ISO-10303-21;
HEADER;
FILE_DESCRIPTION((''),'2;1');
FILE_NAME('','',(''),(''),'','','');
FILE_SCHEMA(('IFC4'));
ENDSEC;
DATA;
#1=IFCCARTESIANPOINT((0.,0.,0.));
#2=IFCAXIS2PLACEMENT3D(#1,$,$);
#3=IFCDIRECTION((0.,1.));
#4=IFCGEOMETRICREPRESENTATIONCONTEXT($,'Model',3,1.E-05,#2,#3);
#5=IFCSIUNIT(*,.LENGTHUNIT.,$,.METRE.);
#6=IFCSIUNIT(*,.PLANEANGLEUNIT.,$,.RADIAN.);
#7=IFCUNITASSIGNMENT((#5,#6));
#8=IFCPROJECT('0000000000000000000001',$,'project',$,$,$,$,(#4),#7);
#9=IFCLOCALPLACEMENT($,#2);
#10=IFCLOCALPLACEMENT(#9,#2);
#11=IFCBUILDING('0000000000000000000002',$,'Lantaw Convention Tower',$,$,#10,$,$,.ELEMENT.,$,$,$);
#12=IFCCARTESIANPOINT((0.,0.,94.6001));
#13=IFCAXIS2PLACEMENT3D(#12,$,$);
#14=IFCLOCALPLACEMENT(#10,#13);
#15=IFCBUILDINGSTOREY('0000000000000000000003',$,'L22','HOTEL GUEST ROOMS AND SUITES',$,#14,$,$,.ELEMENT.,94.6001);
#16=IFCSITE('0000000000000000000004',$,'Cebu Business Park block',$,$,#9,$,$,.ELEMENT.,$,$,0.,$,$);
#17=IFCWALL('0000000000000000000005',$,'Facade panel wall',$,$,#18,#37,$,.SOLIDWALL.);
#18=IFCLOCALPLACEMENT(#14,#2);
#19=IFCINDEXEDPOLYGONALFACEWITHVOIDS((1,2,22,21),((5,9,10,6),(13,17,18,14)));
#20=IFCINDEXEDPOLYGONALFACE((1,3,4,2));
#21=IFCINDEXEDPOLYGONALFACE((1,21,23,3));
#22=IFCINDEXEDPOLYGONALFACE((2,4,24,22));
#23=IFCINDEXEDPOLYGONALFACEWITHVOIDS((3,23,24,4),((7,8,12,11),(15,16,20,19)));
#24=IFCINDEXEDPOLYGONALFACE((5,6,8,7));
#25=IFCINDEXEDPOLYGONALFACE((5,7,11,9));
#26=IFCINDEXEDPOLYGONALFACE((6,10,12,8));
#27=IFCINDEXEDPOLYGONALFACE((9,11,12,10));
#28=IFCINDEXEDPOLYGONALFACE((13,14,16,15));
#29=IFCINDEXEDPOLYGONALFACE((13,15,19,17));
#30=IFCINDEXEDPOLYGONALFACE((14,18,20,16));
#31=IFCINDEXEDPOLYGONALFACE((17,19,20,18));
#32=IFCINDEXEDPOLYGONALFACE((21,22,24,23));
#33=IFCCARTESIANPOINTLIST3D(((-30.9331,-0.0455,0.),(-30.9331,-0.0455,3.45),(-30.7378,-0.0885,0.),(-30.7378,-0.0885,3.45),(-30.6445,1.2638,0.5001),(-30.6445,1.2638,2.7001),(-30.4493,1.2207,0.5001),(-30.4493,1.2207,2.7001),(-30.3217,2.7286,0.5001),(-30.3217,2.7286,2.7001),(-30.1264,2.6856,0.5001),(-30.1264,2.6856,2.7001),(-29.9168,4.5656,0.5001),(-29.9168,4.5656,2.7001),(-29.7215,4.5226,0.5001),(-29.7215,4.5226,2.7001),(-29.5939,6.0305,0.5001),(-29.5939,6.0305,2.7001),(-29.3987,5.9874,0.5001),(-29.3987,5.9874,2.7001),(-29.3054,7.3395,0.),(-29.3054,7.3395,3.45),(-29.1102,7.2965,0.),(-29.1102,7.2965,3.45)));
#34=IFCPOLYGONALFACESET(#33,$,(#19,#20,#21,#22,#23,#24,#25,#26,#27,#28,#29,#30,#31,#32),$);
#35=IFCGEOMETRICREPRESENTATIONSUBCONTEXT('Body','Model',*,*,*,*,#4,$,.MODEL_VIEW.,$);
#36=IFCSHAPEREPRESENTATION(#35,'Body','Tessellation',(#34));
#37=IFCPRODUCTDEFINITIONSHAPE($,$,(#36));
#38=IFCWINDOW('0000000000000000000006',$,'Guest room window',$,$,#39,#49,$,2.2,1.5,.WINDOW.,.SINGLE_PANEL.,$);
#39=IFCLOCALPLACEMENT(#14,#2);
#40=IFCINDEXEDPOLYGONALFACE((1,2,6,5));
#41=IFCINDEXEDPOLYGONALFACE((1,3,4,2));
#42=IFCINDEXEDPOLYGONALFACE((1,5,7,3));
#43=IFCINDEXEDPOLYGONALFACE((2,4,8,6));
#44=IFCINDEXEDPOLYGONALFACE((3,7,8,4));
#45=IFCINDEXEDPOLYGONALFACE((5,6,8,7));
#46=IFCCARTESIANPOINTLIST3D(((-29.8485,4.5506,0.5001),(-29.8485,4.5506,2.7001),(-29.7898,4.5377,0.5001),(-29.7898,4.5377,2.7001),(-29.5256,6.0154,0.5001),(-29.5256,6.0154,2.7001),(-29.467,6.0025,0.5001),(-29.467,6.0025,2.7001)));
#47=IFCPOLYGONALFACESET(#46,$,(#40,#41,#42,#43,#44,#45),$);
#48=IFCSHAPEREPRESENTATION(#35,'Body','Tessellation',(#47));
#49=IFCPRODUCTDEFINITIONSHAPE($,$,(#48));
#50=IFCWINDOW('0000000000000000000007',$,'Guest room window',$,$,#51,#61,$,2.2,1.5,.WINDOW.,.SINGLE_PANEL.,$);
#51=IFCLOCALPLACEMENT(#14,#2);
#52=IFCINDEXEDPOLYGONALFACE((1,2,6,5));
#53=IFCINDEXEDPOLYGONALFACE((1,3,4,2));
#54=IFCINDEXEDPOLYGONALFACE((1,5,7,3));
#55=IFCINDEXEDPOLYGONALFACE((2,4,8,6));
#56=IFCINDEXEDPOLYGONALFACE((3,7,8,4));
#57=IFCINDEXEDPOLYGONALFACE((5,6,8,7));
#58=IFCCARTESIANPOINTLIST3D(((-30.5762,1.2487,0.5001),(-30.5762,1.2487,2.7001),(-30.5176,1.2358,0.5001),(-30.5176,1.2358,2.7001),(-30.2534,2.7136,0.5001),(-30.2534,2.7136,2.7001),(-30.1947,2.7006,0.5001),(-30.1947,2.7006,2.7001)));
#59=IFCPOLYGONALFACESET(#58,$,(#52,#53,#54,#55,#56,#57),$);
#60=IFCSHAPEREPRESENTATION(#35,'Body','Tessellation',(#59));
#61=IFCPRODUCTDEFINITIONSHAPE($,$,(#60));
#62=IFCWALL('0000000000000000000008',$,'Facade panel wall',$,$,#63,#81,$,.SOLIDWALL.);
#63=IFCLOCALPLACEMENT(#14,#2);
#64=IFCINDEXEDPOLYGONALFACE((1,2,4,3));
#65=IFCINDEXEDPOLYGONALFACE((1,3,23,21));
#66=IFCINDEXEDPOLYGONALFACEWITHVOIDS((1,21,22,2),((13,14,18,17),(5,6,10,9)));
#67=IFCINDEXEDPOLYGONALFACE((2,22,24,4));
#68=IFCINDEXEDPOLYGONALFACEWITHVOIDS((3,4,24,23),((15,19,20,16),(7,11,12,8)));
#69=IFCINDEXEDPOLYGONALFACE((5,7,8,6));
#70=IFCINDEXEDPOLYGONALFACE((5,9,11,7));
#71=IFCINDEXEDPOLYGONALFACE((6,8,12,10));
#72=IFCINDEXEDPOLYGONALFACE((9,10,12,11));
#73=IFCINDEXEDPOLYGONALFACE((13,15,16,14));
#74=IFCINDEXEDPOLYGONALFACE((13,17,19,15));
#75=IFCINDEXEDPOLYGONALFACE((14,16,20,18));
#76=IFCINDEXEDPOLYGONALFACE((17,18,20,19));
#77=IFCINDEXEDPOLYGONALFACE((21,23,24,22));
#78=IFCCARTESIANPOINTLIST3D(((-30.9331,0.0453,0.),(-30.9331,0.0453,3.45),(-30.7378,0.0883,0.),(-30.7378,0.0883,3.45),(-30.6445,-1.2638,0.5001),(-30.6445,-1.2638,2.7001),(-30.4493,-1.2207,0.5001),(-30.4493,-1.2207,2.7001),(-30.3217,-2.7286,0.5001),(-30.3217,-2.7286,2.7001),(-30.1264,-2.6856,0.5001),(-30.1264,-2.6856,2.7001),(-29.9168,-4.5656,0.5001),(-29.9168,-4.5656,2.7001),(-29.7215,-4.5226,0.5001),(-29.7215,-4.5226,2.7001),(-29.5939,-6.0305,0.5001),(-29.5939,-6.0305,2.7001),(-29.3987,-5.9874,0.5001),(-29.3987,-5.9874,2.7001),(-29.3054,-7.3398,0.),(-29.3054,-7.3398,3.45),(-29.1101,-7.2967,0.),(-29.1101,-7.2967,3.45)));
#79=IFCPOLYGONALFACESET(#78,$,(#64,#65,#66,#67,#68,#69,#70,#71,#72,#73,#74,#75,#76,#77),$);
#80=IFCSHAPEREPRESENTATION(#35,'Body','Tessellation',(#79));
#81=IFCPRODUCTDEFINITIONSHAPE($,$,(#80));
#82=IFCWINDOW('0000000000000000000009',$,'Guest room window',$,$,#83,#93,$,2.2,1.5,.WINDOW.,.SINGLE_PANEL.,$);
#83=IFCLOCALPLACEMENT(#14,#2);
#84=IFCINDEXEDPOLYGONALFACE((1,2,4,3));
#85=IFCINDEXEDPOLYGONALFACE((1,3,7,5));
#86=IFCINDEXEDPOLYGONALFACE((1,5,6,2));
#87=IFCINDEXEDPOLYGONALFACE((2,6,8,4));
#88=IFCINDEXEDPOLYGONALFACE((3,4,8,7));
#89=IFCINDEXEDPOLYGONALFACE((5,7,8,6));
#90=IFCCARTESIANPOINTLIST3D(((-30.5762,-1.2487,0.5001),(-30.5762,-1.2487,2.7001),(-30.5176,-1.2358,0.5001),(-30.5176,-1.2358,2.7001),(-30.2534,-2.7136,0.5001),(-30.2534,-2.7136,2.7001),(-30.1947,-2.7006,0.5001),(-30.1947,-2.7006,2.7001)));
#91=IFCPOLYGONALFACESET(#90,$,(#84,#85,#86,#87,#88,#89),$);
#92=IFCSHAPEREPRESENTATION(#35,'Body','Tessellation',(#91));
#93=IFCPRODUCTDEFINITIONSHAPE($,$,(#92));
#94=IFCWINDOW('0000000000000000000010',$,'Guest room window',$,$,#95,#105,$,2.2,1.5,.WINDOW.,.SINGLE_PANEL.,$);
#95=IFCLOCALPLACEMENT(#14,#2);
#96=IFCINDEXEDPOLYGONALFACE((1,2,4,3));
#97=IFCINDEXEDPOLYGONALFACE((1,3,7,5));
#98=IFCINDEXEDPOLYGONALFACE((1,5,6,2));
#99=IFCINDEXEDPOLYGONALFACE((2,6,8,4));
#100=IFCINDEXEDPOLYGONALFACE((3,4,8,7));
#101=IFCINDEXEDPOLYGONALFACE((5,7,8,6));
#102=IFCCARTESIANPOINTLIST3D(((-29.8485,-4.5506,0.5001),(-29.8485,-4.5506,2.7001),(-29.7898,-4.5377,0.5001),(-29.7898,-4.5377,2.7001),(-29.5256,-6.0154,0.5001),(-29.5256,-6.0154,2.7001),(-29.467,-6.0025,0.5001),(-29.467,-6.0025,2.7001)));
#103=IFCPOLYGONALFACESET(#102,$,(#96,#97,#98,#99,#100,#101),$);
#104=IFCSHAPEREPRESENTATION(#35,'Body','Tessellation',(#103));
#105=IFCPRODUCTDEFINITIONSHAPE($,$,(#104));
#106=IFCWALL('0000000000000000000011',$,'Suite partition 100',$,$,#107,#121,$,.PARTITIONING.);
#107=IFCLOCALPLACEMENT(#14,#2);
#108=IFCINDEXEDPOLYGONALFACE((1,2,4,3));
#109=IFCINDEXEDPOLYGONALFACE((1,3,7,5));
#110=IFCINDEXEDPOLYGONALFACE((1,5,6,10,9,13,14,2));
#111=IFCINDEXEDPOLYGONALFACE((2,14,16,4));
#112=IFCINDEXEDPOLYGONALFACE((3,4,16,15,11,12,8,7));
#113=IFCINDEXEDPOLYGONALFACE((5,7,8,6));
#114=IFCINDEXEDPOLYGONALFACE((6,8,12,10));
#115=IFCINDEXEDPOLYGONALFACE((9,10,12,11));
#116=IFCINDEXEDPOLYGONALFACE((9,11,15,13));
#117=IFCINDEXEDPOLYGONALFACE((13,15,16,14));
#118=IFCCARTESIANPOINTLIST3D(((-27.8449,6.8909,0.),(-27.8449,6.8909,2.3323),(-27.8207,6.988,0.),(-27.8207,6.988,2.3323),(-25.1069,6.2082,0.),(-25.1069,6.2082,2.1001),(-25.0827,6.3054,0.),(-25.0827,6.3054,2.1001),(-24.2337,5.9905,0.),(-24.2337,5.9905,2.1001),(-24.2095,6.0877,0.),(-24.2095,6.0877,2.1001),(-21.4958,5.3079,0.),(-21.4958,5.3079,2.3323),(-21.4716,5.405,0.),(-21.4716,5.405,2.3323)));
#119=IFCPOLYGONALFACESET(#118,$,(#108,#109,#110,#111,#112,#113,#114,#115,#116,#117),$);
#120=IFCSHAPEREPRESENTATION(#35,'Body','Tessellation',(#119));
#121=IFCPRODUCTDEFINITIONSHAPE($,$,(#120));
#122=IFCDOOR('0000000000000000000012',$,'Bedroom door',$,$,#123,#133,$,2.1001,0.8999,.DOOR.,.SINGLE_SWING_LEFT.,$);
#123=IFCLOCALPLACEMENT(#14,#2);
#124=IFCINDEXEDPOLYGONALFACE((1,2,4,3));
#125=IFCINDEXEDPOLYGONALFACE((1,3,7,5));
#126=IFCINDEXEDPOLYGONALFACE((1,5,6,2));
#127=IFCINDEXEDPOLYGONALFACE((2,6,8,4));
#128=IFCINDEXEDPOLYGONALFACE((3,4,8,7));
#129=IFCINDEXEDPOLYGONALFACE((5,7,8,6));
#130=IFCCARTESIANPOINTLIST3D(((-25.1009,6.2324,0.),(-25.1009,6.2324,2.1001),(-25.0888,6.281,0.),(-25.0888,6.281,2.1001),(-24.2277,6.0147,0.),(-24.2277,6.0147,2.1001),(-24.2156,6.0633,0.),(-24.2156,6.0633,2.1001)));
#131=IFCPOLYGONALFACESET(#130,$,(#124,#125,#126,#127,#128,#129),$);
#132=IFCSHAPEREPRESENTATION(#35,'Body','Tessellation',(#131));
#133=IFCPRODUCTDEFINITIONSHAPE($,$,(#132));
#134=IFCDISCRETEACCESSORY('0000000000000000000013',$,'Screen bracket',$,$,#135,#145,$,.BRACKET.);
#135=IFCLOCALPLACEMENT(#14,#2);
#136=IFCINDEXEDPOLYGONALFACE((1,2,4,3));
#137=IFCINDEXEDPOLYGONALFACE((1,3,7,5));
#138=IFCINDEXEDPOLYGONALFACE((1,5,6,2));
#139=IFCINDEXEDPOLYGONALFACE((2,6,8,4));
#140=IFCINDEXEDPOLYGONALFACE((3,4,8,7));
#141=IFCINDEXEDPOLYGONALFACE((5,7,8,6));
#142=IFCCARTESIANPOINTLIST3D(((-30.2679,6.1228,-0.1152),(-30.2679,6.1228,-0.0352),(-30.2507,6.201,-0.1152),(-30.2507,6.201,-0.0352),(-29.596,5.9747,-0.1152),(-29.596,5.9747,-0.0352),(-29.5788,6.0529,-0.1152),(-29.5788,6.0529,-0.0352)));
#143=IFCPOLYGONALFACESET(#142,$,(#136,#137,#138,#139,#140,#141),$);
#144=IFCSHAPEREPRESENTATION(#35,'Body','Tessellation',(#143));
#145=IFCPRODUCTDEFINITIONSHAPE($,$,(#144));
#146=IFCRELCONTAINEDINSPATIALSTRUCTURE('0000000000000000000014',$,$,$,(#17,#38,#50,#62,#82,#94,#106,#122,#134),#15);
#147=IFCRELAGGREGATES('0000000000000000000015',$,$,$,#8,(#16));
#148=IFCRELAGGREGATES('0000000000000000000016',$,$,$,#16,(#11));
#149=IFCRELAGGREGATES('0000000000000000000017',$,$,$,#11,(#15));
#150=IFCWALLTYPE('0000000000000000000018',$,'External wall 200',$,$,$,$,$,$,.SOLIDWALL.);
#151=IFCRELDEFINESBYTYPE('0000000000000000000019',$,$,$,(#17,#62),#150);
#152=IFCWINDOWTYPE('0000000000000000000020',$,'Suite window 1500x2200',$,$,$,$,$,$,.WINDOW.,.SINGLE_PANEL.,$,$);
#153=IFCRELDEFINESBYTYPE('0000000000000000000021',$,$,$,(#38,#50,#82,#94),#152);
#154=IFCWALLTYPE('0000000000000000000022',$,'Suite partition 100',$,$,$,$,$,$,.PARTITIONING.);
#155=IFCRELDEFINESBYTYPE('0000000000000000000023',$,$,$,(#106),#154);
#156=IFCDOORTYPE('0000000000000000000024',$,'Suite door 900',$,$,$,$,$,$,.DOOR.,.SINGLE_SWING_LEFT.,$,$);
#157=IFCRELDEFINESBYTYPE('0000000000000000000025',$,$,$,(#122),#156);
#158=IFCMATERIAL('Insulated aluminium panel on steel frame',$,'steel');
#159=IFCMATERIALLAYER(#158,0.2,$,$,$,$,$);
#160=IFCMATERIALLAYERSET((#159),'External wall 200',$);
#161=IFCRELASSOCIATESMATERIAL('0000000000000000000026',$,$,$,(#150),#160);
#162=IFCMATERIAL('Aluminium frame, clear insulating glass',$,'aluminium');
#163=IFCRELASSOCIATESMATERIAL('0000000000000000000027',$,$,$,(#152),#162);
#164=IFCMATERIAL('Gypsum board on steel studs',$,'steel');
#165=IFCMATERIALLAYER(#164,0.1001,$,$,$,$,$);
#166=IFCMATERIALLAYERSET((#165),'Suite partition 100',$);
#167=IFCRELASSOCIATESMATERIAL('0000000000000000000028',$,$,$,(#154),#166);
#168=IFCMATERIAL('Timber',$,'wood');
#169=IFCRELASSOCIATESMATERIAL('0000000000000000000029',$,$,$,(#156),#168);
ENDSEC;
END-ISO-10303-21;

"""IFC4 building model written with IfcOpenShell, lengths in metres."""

from ifc_helpers import new_model, si_unit, direction, frame, frame_2d, origin, origin_2d, place, context, subcontext, project, spatial, rectangle, extrude, material, layer, layer_set, type_object, element, fill, save


model = new_model("IFC4")

# Units and contexts
model_context = context("Model", 3, precision=1e-05, world=origin(), true_north=direction((0.0, 1.0)))
body_context = subcontext(model_context, "Body", "Model", "MODEL_VIEW")
ifc_project = project(units=[si_unit("LENGTHUNIT", "METRE"), si_unit("PLANEANGLEUNIT", "RADIAN")], contexts=[model_context])

# Site, building, storey
site_placement = place(None, origin())
site = spatial("IfcSite", under=ifc_project, at=site_placement, Name="Cebu Business Park block", CompositionType="ELEMENT", RefElevation=0.0)
building_placement = place(site_placement, origin())
building = spatial("IfcBuilding", under=site, at=building_placement, Name="Lantaw Convention Tower", CompositionType="ELEMENT")
storey_placement = place(building_placement, frame((0.0, 0.0, 94.6001)))
storey = spatial("IfcBuildingStorey", under=building, at=storey_placement, Name="L22", Description="HOTEL GUEST ROOMS AND SUITES", CompositionType="ELEMENT", Elevation=94.6001)

# Walls, openings, windows
ifc_material_1 = material(Name="Insulated aluminium panel on steel frame", Category="steel")
ifc_layer_1 = layer(ifc_material_1, 0.2)
ifc_layer_set_1 = layer_set([ifc_layer_1], Name="External wall 200")
wall_type_1 = type_object("IfcWallType", Name="External wall 200", PredefinedType="SOLIDWALL", material=ifc_layer_set_1)
wall_1_placement = place(storey_placement, frame((-29.2078, 7.3181, 0.0), z_axis=(0.0, 0.0, 1.0), x_axis=(-0.215238, -0.976562, 0.0)))
wall_1 = element("IfcWall", 1, at=wall_1_placement, inside=storey, type_object=wall_type_1, Name="Facade panel wall", PredefinedType="SOLIDWALL", context=body_context, shape_type="SweptSolid", body=[
    extrude(rectangle(XDim=7.5623, YDim=0.2, at=frame_2d((3.7812, 0.0))), origin(), (0.0, 0.0, 1.0), 3.45),
])
opening_1_placement = place(wall_1_placement, frame((1.3406, 0.0, 0.5)))
opening_1 = element("IfcOpeningElement", 2, at=opening_1_placement, cuts=wall_1, PredefinedType="OPENING", context=body_context, shape_type="SweptSolid", body=[
    extrude(rectangle(XDim=1.5, YDim=2.2, at=frame_2d((0.75, 1.1001))), frame((0.0, 0.1099, 0.0), z_axis=(0.0, -1.0, 0.0), x_axis=(1.0, 0.0, 0.0)), (0.0, 0.0, 1.0), 0.22),
])
opening_2_placement = place(wall_1_placement, frame((4.7217, 0.0, 0.5)))
opening_2 = element("IfcOpeningElement", 3, at=opening_2_placement, cuts=wall_1, PredefinedType="OPENING", context=body_context, shape_type="SweptSolid", body=[
    extrude(rectangle(XDim=1.5, YDim=2.2, at=frame_2d((0.75, 1.1001))), frame((0.0, 0.1099, 0.0), z_axis=(0.0, -1.0, 0.0), x_axis=(1.0, 0.0, 0.0)), (0.0, 0.0, 1.0), 0.22),
])
ifc_material_2 = material(Name="Aluminium frame, clear insulating glass", Category="aluminium")
window_type = type_object("IfcWindowType", Name="Suite window 1500x2200", PartitioningType="SINGLE_PANEL", PredefinedType="WINDOW", material=ifc_material_2)
window_1_placement = place(opening_1_placement, origin())
window_1 = element("IfcWindow", 4, at=window_1_placement, inside=storey, type_object=window_type, Name="Guest room window", OverallHeight=2.2, OverallWidth=1.5, PartitioningType="SINGLE_PANEL", PredefinedType="WINDOW", context=body_context, shape_type="SweptSolid", body=[
    extrude(rectangle(XDim=1.5, YDim=2.2, at=frame_2d((0.75, 1.1001))), frame((0.0, 0.03, 0.0), z_axis=(0.0, -1.0, 0.0), x_axis=(1.0, 0.0, 0.0)), (0.0, 0.0, 1.0), 0.0601),
])
fill(opening_1, window_1)
window_2_placement = place(opening_2_placement, origin())
window_2 = element("IfcWindow", 5, at=window_2_placement, inside=storey, type_object=window_type, Name="Guest room window", OverallHeight=2.2, OverallWidth=1.5, PartitioningType="SINGLE_PANEL", PredefinedType="WINDOW", context=body_context, shape_type="SweptSolid", body=[
    extrude(rectangle(XDim=1.5, YDim=2.2, at=frame_2d((0.75, 1.1001))), frame((0.0, 0.03, 0.0), z_axis=(0.0, -1.0, 0.0), x_axis=(1.0, 0.0, 0.0)), (0.0, 0.0, 1.0), 0.0601),
])
fill(opening_2, window_2)
wall_2_placement = place(storey_placement, frame((-30.8354, 0.0669, 0.0), z_axis=(0.0, 0.0, 1.0), x_axis=(0.215238, -0.976562, 0.0)))
wall_2 = element("IfcWall", 6, at=wall_2_placement, inside=storey, type_object=wall_type_1, Name="Facade panel wall", PredefinedType="SOLIDWALL", context=body_context, shape_type="SweptSolid", body=[
    extrude(rectangle(XDim=7.5623, YDim=0.2, at=frame_2d((3.7812, 0.0))), origin(), (0.0, 0.0, 1.0), 3.45),
])
opening_3_placement = place(wall_2_placement, frame((1.3406, 0.0, 0.5)))
opening_3 = element("IfcOpeningElement", 7, at=opening_3_placement, cuts=wall_2, PredefinedType="OPENING", context=body_context, shape_type="SweptSolid", body=[
    extrude(rectangle(XDim=1.5, YDim=2.2, at=frame_2d((0.75, 1.1001))), frame((0.0, 0.1099, 0.0), z_axis=(0.0, -1.0, 0.0), x_axis=(1.0, 0.0, 0.0)), (0.0, 0.0, 1.0), 0.22),
])
opening_4_placement = place(wall_2_placement, frame((4.7217, 0.0, 0.5)))
opening_4 = element("IfcOpeningElement", 8, at=opening_4_placement, cuts=wall_2, PredefinedType="OPENING", context=body_context, shape_type="SweptSolid", body=[
    extrude(rectangle(XDim=1.5, YDim=2.2, at=frame_2d((0.75, 1.1001))), frame((0.0, 0.1099, 0.0), z_axis=(0.0, -1.0, 0.0), x_axis=(1.0, 0.0, 0.0)), (0.0, 0.0, 1.0), 0.22),
])
window_3_placement = place(opening_3_placement, origin())
window_3 = element("IfcWindow", 9, at=window_3_placement, inside=storey, type_object=window_type, Name="Guest room window", OverallHeight=2.2, OverallWidth=1.5, PartitioningType="SINGLE_PANEL", PredefinedType="WINDOW", context=body_context, shape_type="SweptSolid", body=[
    extrude(rectangle(XDim=1.5, YDim=2.2, at=frame_2d((0.75, 1.1001))), frame((0.0, 0.03, 0.0), z_axis=(0.0, -1.0, 0.0), x_axis=(1.0, 0.0, 0.0)), (0.0, 0.0, 1.0), 0.0601),
])
fill(opening_3, window_3)
window_4_placement = place(opening_4_placement, origin())
window_4 = element("IfcWindow", 10, at=window_4_placement, inside=storey, type_object=window_type, Name="Guest room window", OverallHeight=2.2, OverallWidth=1.5, PartitioningType="SINGLE_PANEL", PredefinedType="WINDOW", context=body_context, shape_type="SweptSolid", body=[
    extrude(rectangle(XDim=1.5, YDim=2.2, at=frame_2d((0.75, 1.1001))), frame((0.0, 0.03, 0.0), z_axis=(0.0, -1.0, 0.0), x_axis=(1.0, 0.0, 0.0)), (0.0, 0.0, 1.0), 0.0601),
])
fill(opening_4, window_4)

# Wall, opening, door
ifc_material_3 = material(Name="Gypsum board on steel studs", Category="steel")
ifc_layer_2 = layer(ifc_material_3, 0.1001)
ifc_layer_set_2 = layer_set([ifc_layer_2], Name="Suite partition 100")
wall_type_2 = type_object("IfcWallType", Name="Suite partition 100", PredefinedType="PARTITIONING", material=ifc_layer_set_2)
wall_3_placement = place(storey_placement, frame((-27.8328, 6.9395, 0.0), z_axis=(0.0, 0.0, 1.0), x_axis=(0.970296, -0.241921, 0.0)))
wall_3 = element("IfcWall", 11, at=wall_3_placement, inside=storey, type_object=wall_type_2, Name="Suite partition 100", PredefinedType="PARTITIONING", context=body_context, shape_type="SweptSolid", body=[
    extrude(rectangle(XDim=6.5435, YDim=0.1001, at=frame_2d((3.2717, 0.0))), origin(), (0.0, 0.0, 1.0), 2.3323),
])
opening_5_placement = place(wall_3_placement, frame((2.8218, 0.0, 0.0)))
opening_5 = element("IfcOpeningElement", 12, at=opening_5_placement, cuts=wall_3, PredefinedType="OPENING", context=body_context, shape_type="SweptSolid", body=[
    extrude(rectangle(XDim=0.8999, YDim=2.1001, at=frame_2d((0.45, 1.05))), frame((0.0, 0.0601, 0.0), z_axis=(0.0, -1.0, 0.0), x_axis=(1.0, 0.0, 0.0)), (0.0, 0.0, 1.0), 0.1201),
])
ifc_material_4 = material(Name="Timber", Category="wood")
door_type_1 = type_object("IfcDoorType", Name="Suite door 900", OperationType="SINGLE_SWING_LEFT", PredefinedType="DOOR", material=ifc_material_4)
door_1_placement = place(opening_5_placement, origin())
door_1 = element("IfcDoor", 13, at=door_1_placement, inside=storey, type_object=door_type_1, Name="Bedroom door", OperationType="SINGLE_SWING_LEFT", OverallHeight=2.1001, OverallWidth=0.8999, PredefinedType="DOOR", context=body_context, shape_type="SweptSolid", body=[
    extrude(rectangle(XDim=0.8999, YDim=2.1001, at=frame_2d((0.45, 1.05))), frame((0.0, 0.0249, 0.0), z_axis=(0.0, -1.0, 0.0), x_axis=(1.0, 0.0, 0.0)), (0.0, 0.0, 1.0), 0.05),
])
fill(opening_5, door_1)

# Discrete accessory
discrete_accessory_placement = place(storey_placement, frame((-29.9233, 6.0879, -0.1152), z_axis=(0.0, 0.0, 1.0), x_axis=(-0.215246, -0.97656, 0.0)))
element("IfcDiscreteAccessory", 14, at=discrete_accessory_placement, inside=storey, Name="Screen bracket", PredefinedType="BRACKET", context=body_context, shape_type="SweptSolid", body=[
    extrude(rectangle(XDim=0.0801, YDim=0.688, at=origin_2d()), origin(), (0.0, 0.0, 1.0), 0.0801),
])

save(model, "model.ifc")
